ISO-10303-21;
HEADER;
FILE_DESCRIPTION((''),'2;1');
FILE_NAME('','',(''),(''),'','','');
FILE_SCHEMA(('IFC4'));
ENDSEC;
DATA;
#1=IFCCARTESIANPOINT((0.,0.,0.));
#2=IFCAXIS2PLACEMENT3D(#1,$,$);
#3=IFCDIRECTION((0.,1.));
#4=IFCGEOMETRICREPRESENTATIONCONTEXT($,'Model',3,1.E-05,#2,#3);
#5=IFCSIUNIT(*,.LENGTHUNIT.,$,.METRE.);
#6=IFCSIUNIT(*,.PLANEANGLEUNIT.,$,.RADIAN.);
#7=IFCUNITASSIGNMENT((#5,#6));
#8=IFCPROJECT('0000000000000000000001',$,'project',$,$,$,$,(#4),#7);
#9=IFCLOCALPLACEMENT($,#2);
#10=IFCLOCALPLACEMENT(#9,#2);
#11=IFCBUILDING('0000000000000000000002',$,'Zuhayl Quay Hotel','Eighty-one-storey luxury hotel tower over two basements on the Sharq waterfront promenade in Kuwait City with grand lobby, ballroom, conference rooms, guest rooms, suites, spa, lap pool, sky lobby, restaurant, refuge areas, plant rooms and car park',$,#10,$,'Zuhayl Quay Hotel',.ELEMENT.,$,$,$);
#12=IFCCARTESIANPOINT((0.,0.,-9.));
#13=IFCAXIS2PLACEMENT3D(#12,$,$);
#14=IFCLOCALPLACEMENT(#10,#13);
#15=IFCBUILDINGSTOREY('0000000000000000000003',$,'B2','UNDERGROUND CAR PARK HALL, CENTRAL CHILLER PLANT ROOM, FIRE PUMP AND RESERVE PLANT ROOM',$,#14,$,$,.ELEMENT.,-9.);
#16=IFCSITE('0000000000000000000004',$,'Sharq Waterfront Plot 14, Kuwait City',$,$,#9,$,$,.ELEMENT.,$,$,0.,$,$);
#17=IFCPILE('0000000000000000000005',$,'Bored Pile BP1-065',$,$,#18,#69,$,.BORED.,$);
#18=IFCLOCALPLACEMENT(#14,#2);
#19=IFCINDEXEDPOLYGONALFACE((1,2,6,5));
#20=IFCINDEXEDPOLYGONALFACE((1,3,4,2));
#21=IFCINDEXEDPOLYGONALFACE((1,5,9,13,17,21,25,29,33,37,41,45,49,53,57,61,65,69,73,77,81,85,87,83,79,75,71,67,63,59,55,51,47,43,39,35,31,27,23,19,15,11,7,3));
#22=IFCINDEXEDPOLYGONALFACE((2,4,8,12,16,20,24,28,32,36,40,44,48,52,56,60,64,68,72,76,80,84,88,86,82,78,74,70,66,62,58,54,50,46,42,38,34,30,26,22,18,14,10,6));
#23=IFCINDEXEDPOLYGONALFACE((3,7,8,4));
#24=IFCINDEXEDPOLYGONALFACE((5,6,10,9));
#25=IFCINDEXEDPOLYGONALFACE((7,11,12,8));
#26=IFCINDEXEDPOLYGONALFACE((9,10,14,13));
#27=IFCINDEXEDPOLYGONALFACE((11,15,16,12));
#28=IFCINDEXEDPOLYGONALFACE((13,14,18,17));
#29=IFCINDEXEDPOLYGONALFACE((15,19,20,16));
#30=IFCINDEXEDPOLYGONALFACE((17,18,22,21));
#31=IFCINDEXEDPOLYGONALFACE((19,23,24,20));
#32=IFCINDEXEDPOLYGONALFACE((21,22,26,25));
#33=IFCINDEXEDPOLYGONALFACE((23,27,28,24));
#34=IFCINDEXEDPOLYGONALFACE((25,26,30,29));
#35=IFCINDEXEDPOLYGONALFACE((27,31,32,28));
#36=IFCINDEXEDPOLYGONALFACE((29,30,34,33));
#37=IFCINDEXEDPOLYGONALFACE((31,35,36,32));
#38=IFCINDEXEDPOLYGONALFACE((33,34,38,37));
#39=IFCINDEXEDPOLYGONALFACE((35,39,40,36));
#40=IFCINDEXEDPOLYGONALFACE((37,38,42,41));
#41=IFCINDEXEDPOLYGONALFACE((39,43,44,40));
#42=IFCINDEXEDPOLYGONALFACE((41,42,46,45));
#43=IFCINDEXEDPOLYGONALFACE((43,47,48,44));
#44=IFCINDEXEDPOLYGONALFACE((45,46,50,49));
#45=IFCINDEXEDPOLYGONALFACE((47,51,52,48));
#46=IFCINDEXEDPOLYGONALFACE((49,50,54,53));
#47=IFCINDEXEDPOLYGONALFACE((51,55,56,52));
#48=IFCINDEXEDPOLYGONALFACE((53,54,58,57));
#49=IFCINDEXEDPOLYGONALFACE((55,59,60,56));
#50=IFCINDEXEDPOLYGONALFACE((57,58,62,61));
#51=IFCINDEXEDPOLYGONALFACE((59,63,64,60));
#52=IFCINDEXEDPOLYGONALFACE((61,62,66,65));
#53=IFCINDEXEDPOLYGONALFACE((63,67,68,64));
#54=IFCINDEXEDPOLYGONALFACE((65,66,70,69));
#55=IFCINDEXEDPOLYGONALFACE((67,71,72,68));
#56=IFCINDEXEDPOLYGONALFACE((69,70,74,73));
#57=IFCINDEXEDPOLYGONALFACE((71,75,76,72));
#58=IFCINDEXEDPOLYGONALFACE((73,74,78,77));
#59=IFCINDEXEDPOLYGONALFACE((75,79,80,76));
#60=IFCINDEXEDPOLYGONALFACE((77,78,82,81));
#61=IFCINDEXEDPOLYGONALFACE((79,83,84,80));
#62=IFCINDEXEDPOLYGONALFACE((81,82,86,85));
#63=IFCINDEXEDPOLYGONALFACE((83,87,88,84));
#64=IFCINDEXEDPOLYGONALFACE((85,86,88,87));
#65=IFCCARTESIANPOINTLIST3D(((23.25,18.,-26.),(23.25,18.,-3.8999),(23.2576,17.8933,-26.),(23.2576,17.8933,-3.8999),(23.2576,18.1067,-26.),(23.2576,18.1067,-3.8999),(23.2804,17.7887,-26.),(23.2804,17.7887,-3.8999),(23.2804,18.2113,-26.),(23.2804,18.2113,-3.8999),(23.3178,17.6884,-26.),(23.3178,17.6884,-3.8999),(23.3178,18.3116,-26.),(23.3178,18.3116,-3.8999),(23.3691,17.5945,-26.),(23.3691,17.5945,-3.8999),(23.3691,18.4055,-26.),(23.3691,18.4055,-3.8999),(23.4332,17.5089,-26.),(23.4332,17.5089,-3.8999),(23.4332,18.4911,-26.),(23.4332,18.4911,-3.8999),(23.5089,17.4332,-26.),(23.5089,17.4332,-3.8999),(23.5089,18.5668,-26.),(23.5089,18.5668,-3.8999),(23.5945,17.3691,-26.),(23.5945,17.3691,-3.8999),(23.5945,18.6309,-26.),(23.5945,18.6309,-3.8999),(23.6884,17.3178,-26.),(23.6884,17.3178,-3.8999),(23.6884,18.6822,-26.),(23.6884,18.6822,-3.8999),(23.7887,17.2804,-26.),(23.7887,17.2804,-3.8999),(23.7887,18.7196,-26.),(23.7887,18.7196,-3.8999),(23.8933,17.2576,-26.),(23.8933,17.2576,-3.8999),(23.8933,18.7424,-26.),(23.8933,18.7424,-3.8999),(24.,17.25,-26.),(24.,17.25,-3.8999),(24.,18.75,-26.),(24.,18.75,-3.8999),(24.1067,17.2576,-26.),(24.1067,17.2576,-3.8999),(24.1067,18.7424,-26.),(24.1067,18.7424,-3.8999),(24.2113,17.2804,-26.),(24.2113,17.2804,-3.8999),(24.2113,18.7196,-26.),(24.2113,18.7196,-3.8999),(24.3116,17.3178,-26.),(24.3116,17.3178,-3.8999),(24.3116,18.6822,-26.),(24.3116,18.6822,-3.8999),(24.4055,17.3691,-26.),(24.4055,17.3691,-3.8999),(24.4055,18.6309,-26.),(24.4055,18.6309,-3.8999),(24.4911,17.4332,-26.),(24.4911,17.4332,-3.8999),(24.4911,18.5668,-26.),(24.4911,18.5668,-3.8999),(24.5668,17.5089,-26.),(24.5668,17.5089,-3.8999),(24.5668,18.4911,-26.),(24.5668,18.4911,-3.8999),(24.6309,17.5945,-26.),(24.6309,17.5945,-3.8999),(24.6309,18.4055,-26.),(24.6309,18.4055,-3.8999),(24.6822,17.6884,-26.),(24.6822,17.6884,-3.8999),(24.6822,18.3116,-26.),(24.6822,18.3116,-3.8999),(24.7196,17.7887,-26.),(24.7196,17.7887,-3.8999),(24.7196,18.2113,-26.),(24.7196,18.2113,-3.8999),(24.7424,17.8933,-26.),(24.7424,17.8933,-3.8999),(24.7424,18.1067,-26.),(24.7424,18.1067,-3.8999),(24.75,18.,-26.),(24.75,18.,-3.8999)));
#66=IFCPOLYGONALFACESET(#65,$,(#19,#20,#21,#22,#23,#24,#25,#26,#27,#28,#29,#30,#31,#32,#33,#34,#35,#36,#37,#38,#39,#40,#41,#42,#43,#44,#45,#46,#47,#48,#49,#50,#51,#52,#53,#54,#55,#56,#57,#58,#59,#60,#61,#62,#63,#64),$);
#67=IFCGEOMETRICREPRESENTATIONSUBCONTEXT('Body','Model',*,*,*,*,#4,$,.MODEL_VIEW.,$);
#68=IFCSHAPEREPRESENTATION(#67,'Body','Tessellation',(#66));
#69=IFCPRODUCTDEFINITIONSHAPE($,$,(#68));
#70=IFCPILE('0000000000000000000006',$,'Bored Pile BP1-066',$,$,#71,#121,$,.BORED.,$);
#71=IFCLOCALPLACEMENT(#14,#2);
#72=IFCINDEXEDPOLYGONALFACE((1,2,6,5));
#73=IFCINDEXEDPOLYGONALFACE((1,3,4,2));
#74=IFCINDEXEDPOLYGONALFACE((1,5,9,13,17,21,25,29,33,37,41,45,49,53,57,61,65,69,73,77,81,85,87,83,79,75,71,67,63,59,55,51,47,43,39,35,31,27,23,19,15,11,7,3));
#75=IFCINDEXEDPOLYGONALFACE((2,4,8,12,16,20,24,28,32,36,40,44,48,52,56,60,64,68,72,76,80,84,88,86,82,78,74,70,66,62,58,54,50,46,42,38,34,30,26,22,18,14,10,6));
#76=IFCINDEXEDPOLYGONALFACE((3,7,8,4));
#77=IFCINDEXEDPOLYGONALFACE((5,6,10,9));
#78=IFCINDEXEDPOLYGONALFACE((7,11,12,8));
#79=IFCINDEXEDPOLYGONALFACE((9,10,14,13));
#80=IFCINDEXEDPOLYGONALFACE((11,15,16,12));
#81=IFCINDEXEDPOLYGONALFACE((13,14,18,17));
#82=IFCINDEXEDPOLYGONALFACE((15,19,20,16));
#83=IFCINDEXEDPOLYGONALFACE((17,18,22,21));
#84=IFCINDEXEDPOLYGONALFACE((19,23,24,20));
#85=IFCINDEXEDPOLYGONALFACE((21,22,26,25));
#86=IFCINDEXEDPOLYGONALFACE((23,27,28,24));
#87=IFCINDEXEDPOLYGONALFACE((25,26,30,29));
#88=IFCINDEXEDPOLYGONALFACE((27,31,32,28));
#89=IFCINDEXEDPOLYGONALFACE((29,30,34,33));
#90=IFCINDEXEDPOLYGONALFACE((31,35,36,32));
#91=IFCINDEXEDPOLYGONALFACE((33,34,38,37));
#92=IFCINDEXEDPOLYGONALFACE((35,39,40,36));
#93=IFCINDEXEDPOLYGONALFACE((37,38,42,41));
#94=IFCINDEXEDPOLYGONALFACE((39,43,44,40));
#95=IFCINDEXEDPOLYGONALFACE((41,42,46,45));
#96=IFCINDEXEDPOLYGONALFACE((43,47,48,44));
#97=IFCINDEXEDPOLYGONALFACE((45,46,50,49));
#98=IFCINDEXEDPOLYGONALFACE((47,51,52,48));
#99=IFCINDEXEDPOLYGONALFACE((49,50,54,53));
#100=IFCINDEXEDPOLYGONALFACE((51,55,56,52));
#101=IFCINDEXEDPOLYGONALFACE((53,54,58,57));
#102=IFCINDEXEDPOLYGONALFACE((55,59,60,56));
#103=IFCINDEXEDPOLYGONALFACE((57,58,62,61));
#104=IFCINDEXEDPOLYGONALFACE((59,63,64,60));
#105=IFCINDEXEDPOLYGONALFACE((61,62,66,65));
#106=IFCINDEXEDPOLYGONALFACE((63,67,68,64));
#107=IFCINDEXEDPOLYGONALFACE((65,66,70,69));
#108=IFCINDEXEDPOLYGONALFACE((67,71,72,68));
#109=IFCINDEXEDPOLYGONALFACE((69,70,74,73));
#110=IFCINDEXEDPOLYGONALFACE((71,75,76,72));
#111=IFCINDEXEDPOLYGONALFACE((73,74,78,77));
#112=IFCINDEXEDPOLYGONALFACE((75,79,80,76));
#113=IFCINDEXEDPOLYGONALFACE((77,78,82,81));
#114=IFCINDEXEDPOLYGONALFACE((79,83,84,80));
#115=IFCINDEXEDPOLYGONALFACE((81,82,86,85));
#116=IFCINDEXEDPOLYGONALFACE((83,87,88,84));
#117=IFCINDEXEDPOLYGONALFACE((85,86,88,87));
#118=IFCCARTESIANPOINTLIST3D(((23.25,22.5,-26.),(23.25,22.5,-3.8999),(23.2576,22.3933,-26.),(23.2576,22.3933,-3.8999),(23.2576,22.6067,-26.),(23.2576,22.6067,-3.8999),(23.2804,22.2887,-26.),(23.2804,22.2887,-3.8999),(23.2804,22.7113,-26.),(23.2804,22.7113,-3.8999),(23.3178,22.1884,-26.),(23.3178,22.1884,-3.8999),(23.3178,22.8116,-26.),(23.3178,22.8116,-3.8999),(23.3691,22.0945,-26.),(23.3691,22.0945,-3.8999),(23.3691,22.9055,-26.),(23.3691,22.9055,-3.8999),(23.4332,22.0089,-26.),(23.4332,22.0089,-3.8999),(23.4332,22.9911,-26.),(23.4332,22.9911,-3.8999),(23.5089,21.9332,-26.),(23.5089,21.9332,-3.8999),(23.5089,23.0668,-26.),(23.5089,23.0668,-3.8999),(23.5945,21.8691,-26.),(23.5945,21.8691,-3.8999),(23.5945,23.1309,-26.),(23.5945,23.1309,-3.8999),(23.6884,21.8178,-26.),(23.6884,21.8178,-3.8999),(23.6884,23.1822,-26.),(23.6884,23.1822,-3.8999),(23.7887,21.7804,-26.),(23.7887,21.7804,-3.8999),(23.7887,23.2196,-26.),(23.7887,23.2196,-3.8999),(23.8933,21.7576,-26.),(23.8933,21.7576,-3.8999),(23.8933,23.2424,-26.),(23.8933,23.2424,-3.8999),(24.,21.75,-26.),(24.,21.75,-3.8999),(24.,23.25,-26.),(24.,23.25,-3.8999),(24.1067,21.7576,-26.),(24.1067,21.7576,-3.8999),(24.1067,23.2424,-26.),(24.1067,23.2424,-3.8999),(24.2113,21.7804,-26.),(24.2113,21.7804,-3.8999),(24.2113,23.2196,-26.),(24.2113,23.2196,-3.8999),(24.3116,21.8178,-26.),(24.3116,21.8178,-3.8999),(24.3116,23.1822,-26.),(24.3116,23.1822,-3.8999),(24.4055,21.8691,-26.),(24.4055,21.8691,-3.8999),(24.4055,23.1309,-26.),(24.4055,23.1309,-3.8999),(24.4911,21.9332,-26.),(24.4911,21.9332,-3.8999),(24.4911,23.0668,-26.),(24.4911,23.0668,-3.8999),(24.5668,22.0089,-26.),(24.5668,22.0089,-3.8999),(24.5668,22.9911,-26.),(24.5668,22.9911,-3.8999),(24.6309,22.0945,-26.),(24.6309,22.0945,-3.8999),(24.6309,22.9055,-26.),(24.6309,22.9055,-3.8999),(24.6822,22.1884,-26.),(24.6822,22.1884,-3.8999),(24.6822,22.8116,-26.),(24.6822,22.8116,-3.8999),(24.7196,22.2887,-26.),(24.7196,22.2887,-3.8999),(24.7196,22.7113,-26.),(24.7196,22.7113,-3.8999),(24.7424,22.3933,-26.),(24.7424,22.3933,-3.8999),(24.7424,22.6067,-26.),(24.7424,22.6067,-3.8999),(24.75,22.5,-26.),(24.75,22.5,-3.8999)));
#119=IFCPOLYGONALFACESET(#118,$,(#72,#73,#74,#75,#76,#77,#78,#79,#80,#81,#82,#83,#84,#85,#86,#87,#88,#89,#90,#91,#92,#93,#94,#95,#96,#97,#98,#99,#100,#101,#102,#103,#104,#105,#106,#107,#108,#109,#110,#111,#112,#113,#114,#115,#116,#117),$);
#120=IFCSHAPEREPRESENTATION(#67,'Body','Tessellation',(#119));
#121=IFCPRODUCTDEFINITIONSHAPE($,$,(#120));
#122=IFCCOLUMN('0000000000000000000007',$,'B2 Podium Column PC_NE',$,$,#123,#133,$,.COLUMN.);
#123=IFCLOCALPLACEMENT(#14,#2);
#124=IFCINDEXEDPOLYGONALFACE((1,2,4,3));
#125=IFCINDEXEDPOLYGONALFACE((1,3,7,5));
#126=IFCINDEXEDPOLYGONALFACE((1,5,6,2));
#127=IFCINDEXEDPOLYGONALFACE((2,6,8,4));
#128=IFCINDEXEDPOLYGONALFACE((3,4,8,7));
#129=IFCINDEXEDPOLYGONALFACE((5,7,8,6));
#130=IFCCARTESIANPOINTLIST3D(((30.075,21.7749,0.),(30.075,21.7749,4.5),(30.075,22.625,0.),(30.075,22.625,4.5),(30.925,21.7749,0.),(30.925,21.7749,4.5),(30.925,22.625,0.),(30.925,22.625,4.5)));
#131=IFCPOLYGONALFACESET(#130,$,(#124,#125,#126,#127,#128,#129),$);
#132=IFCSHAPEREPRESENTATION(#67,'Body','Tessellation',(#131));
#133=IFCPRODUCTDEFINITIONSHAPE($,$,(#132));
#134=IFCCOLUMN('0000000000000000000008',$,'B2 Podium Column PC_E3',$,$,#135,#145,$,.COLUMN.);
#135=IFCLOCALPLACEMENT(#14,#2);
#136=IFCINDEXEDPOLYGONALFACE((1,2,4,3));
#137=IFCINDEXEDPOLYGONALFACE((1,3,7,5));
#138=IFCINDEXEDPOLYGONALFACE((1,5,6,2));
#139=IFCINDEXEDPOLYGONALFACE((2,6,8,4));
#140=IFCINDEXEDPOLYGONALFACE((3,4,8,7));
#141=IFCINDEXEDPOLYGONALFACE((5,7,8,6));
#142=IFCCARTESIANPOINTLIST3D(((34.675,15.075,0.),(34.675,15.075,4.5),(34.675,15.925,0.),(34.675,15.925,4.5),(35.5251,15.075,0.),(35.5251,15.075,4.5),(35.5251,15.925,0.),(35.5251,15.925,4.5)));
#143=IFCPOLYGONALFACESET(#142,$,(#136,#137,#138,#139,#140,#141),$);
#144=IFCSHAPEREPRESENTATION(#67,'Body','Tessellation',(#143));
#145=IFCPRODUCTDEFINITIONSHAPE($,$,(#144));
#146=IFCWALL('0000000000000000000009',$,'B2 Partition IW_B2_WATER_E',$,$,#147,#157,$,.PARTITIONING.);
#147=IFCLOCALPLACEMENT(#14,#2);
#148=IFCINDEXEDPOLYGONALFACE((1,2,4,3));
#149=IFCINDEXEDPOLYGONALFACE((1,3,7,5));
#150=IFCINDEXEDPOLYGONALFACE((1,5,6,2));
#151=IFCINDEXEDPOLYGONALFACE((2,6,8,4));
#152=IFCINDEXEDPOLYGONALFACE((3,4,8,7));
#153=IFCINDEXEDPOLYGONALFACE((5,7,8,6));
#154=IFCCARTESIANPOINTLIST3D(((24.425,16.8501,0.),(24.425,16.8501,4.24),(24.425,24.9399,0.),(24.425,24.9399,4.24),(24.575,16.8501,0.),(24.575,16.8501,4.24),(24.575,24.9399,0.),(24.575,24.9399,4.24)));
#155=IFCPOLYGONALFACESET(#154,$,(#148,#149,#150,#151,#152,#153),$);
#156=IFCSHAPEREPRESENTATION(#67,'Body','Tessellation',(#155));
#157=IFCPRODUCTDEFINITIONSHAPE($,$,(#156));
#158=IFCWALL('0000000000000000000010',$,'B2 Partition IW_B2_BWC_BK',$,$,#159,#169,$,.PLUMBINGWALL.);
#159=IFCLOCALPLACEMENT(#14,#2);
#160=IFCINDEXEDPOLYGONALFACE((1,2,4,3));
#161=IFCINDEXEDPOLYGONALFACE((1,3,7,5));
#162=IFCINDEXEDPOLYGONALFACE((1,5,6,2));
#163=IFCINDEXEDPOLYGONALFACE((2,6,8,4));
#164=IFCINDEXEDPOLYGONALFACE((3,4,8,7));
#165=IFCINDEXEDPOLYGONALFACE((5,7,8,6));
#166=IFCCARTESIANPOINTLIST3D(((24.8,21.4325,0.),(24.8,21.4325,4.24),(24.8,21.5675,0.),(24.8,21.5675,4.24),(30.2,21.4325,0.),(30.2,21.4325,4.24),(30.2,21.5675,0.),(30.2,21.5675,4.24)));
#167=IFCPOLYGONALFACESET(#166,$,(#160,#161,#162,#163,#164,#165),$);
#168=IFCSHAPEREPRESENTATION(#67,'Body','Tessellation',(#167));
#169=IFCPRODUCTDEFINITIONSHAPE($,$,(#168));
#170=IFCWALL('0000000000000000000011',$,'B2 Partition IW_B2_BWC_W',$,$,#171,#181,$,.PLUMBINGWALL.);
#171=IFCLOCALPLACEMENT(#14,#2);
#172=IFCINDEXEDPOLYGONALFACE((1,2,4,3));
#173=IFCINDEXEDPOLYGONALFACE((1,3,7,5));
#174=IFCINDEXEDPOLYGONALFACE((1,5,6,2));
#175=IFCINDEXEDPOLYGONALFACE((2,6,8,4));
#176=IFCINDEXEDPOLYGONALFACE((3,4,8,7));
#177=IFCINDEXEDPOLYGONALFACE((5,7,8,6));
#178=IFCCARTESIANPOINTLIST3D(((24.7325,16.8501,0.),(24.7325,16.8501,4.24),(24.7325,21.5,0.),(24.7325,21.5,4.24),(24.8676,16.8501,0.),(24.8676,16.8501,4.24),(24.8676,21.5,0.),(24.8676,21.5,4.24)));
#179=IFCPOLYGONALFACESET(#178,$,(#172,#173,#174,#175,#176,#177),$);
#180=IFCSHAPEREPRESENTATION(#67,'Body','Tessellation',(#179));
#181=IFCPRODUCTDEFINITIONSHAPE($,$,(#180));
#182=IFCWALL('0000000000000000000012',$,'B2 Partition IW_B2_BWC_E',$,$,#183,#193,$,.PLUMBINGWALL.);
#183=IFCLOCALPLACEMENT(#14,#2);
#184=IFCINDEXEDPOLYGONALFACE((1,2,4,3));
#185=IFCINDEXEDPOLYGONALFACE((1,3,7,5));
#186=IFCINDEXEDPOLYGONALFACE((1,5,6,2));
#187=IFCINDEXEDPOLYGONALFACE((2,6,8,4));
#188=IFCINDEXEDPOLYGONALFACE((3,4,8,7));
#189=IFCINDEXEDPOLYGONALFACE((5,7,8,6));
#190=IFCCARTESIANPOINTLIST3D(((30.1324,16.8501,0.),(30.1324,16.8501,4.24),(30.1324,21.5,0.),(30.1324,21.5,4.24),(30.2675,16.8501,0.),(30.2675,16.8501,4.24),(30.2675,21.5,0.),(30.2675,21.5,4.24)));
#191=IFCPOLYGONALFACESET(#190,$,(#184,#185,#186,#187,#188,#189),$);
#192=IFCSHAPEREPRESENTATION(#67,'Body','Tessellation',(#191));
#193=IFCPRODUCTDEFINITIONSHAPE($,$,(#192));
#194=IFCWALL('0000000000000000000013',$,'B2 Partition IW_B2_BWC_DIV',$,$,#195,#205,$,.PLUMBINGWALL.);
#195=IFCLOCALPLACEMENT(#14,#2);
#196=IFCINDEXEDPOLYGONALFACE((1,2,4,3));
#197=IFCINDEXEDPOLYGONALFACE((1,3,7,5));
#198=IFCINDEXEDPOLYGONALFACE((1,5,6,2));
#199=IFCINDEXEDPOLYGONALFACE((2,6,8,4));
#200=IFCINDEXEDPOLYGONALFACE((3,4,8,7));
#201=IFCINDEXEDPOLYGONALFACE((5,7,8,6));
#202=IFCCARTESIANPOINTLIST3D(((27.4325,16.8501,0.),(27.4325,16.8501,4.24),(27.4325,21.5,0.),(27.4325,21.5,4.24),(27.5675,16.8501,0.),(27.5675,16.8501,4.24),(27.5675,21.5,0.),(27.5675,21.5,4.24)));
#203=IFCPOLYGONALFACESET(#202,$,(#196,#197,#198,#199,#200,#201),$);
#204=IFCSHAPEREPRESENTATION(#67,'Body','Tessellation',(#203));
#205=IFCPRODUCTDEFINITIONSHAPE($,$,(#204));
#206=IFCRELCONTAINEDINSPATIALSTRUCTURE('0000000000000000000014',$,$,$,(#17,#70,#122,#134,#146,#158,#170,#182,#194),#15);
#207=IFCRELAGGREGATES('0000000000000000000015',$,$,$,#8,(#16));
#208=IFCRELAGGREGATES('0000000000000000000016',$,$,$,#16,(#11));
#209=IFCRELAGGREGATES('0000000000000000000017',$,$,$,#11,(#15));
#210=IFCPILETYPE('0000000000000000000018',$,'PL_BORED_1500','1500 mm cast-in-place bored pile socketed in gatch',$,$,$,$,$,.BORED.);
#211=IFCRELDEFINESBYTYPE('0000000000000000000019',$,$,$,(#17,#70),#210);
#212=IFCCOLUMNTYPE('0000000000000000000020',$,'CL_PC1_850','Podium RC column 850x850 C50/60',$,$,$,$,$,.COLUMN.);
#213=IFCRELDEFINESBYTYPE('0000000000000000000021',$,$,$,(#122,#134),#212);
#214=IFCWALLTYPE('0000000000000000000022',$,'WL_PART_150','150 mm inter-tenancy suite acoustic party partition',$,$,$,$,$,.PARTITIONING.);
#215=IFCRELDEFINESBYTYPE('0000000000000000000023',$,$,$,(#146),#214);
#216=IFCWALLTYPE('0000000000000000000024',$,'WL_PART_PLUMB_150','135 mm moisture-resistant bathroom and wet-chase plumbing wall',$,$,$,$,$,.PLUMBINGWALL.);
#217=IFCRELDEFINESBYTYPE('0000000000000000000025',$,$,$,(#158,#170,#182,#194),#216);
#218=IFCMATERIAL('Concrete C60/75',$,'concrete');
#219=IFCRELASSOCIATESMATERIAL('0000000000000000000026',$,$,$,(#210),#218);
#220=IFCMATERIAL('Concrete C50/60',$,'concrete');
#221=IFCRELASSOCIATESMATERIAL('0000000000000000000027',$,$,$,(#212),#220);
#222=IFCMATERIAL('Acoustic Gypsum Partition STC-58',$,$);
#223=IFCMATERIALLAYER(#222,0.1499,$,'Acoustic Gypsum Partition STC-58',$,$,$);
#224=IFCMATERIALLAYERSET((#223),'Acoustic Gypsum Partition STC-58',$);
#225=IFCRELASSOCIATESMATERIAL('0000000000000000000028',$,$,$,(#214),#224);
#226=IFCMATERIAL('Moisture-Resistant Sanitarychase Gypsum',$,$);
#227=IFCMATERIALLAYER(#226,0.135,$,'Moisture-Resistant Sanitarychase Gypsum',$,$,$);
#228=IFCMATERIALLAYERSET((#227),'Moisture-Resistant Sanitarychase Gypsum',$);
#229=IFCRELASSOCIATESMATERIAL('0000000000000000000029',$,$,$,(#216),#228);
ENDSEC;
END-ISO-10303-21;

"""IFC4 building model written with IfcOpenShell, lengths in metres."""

from ifc_helpers import new_model, si_unit, direction, frame, frame_2d, origin, origin_2d, place, context, subcontext, project, spatial, rectangle, circle, extrude, material, layer, layer_set, material_profile, profile_set, type_object, element, save


model = new_model("IFC4")

# Units and contexts
model_context = context("Model", 3, precision=1e-05, world=origin(), true_north=direction((0.0, 1.0)))
body_context = subcontext(model_context, "Body", "Model", "MODEL_VIEW")
ifc_project = project(units=[si_unit("LENGTHUNIT", "METRE"), si_unit("PLANEANGLEUNIT", "RADIAN")], contexts=[model_context])

# Site, building, storey
site_placement = place(None, origin())
site = spatial("IfcSite", under=ifc_project, at=site_placement, Name="Sharq Waterfront Plot 14, Kuwait City", CompositionType="ELEMENT", RefElevation=0.0)
building_placement = place(site_placement, origin())
building = spatial("IfcBuilding", under=site, at=building_placement, Name="Zuhayl Quay Hotel", Description="Eighty-one-storey luxury hotel tower over two basements on the Sharq waterfront promenade in Kuwait City with grand lobby, ballroom, conference rooms, guest rooms, suites, spa, lap pool, sky lobby, restaurant, refuge areas, plant rooms and car park", LongName="Zuhayl Quay Hotel", CompositionType="ELEMENT")
storey_placement = place(building_placement, frame((0.0, 0.0, -9.0)))
storey = spatial("IfcBuildingStorey", under=building, at=storey_placement, Name="B2", Description="UNDERGROUND CAR PARK HALL, CENTRAL CHILLER PLANT ROOM, FIRE PUMP AND RESERVE PLANT ROOM", CompositionType="ELEMENT", Elevation=-9.0)

# Piles
ifc_material_1 = material(Name="Concrete C60/75", Category="concrete")
ifc_material_profile_1 = material_profile(ifc_material_1, circle(Radius=0.75, at=origin_2d()), Name="PILE1500")
ifc_profile_set_1 = profile_set([ifc_material_profile_1], Name="Concrete C60/75")
pile_type = type_object("IfcPileType", Name="PL_BORED_1500", Description="1500 mm cast-in-place bored pile socketed in gatch", PredefinedType="BORED", material=ifc_profile_set_1)
for number, where, z_axis, x_axis, name in (
    (1, (24.0, 18.0, -3.8999), (0.0, 0.0, -1.0), (1.0, 0.0, 0.0), "Bored Pile BP1-065"),
    (2, (24.0, 22.5, -3.8999), (0.0, 0.0, -1.0), (1.0, 0.0, 0.0), "Bored Pile BP1-066"),
):
    element("IfcPile", number, at=place(storey_placement, frame(where, z_axis=z_axis, x_axis=x_axis)), inside=storey, type_object=pile_type, Name=name, PredefinedType="BORED", context=body_context, shape_type="SweptSolid", body=[
        extrude(circle(Radius=0.75, at=origin_2d()), origin(), (0.0, 0.0, 1.0), 22.1001),
    ])

# Columns
ifc_material_2 = material(Name="Concrete C50/60", Category="concrete")
ifc_material_profile_2 = material_profile(ifc_material_2, rectangle(XDim=0.8501, YDim=0.8501, at=origin_2d()), Name="RC850X850")
ifc_profile_set_2 = profile_set([ifc_material_profile_2], Name="Concrete C50/60")
column_type = type_object("IfcColumnType", Name="CL_PC1_850", Description="Podium RC column 850x850 C50/60", PredefinedType="COLUMN", material=ifc_profile_set_2)
for number, where, z_axis, x_axis, name in (
    (3, (30.5, 22.2, 0.0), (0.0, 0.0, 1.0), (1.0, 0.0, 0.0), "B2 Podium Column PC_NE"),
    (4, (35.1001, 15.5, 0.0), (0.0, 0.0, 1.0), (1.0, 0.0, 0.0), "B2 Podium Column PC_E3"),
):
    element("IfcColumn", number, at=place(storey_placement, frame(where, z_axis=z_axis, x_axis=x_axis)), inside=storey, type_object=column_type, Name=name, PredefinedType="COLUMN", context=body_context, shape_type="SweptSolid", body=[
        extrude(rectangle(XDim=0.8501, YDim=0.8501, at=origin_2d()), origin(), (0.0, 0.0, 1.0), 4.5),
    ])

# Wall
ifc_material_3 = material(Name="Acoustic Gypsum Partition STC-58")
ifc_layer_1 = layer(ifc_material_3, 0.1499, Name="Acoustic Gypsum Partition STC-58")
ifc_layer_set_1 = layer_set([ifc_layer_1], Name="Acoustic Gypsum Partition STC-58")
wall_type_1 = type_object("IfcWallType", Name="WL_PART_150", Description="150 mm inter-tenancy suite acoustic party partition", PredefinedType="PARTITIONING", material=ifc_layer_set_1)
wall_1_placement = place(storey_placement, frame((24.5, 16.8501, 0.0), z_axis=(0.0, 0.0, 1.0), x_axis=(0.0, 1.0, 0.0)))
element("IfcWall", 5, at=wall_1_placement, inside=storey, type_object=wall_type_1, Name="B2 Partition IW_B2_WATER_E", PredefinedType="PARTITIONING", context=body_context, shape_type="SweptSolid", body=[
    extrude(rectangle(XDim=8.0898, YDim=0.1499, at=frame_2d((4.0449, 0.0))), origin(), (0.0, 0.0, 1.0), 4.24),
])

# Shared definitions
ifc_material_4 = material(Name="Moisture-Resistant Sanitarychase Gypsum")
ifc_layer_2 = layer(ifc_material_4, 0.135, Name="Moisture-Resistant Sanitarychase Gypsum")
ifc_layer_set_2 = layer_set([ifc_layer_2], Name="Moisture-Resistant Sanitarychase Gypsum")
wall_type_2 = type_object("IfcWallType", Name="WL_PART_PLUMB_150", Description="135 mm moisture-resistant bathroom and wet-chase plumbing wall", PredefinedType="PLUMBINGWALL", material=ifc_layer_set_2)

# Walls
wall_2_placement = place(storey_placement, frame((24.8, 21.5, 0.0), z_axis=(0.0, 0.0, 1.0), x_axis=(1.0, 0.0, 0.0)))
element("IfcWall", 6, at=wall_2_placement, inside=storey, type_object=wall_type_2, Name="B2 Partition IW_B2_BWC_BK", PredefinedType="PLUMBINGWALL", context=body_context, shape_type="SweptSolid", body=[
    extrude(rectangle(XDim=5.3999, YDim=0.135, at=frame_2d((2.7, 0.0))), origin(), (0.0, 0.0, 1.0), 4.24),
])
for number, where, z_axis, x_axis, name in (
    (7, (24.8, 16.8501, 0.0), (0.0, 0.0, 1.0), (0.0, 1.0, 0.0), "B2 Partition IW_B2_BWC_W"),
    (8, (30.2, 16.8501, 0.0), (0.0, 0.0, 1.0), (0.0, 1.0, 0.0), "B2 Partition IW_B2_BWC_E"),
    (9, (27.5, 16.8501, 0.0), (0.0, 0.0, 1.0), (0.0, 1.0, 0.0), "B2 Partition IW_B2_BWC_DIV"),
):
    element("IfcWall", number, at=place(storey_placement, frame(where, z_axis=z_axis, x_axis=x_axis)), inside=storey, type_object=wall_type_2, Name=name, PredefinedType="PLUMBINGWALL", context=body_context, shape_type="SweptSolid", body=[
        extrude(rectangle(XDim=4.6499, YDim=0.135, at=frame_2d((2.325, 0.0))), origin(), (0.0, 0.0, 1.0), 4.24),
    ])

save(model, "model.ifc")
